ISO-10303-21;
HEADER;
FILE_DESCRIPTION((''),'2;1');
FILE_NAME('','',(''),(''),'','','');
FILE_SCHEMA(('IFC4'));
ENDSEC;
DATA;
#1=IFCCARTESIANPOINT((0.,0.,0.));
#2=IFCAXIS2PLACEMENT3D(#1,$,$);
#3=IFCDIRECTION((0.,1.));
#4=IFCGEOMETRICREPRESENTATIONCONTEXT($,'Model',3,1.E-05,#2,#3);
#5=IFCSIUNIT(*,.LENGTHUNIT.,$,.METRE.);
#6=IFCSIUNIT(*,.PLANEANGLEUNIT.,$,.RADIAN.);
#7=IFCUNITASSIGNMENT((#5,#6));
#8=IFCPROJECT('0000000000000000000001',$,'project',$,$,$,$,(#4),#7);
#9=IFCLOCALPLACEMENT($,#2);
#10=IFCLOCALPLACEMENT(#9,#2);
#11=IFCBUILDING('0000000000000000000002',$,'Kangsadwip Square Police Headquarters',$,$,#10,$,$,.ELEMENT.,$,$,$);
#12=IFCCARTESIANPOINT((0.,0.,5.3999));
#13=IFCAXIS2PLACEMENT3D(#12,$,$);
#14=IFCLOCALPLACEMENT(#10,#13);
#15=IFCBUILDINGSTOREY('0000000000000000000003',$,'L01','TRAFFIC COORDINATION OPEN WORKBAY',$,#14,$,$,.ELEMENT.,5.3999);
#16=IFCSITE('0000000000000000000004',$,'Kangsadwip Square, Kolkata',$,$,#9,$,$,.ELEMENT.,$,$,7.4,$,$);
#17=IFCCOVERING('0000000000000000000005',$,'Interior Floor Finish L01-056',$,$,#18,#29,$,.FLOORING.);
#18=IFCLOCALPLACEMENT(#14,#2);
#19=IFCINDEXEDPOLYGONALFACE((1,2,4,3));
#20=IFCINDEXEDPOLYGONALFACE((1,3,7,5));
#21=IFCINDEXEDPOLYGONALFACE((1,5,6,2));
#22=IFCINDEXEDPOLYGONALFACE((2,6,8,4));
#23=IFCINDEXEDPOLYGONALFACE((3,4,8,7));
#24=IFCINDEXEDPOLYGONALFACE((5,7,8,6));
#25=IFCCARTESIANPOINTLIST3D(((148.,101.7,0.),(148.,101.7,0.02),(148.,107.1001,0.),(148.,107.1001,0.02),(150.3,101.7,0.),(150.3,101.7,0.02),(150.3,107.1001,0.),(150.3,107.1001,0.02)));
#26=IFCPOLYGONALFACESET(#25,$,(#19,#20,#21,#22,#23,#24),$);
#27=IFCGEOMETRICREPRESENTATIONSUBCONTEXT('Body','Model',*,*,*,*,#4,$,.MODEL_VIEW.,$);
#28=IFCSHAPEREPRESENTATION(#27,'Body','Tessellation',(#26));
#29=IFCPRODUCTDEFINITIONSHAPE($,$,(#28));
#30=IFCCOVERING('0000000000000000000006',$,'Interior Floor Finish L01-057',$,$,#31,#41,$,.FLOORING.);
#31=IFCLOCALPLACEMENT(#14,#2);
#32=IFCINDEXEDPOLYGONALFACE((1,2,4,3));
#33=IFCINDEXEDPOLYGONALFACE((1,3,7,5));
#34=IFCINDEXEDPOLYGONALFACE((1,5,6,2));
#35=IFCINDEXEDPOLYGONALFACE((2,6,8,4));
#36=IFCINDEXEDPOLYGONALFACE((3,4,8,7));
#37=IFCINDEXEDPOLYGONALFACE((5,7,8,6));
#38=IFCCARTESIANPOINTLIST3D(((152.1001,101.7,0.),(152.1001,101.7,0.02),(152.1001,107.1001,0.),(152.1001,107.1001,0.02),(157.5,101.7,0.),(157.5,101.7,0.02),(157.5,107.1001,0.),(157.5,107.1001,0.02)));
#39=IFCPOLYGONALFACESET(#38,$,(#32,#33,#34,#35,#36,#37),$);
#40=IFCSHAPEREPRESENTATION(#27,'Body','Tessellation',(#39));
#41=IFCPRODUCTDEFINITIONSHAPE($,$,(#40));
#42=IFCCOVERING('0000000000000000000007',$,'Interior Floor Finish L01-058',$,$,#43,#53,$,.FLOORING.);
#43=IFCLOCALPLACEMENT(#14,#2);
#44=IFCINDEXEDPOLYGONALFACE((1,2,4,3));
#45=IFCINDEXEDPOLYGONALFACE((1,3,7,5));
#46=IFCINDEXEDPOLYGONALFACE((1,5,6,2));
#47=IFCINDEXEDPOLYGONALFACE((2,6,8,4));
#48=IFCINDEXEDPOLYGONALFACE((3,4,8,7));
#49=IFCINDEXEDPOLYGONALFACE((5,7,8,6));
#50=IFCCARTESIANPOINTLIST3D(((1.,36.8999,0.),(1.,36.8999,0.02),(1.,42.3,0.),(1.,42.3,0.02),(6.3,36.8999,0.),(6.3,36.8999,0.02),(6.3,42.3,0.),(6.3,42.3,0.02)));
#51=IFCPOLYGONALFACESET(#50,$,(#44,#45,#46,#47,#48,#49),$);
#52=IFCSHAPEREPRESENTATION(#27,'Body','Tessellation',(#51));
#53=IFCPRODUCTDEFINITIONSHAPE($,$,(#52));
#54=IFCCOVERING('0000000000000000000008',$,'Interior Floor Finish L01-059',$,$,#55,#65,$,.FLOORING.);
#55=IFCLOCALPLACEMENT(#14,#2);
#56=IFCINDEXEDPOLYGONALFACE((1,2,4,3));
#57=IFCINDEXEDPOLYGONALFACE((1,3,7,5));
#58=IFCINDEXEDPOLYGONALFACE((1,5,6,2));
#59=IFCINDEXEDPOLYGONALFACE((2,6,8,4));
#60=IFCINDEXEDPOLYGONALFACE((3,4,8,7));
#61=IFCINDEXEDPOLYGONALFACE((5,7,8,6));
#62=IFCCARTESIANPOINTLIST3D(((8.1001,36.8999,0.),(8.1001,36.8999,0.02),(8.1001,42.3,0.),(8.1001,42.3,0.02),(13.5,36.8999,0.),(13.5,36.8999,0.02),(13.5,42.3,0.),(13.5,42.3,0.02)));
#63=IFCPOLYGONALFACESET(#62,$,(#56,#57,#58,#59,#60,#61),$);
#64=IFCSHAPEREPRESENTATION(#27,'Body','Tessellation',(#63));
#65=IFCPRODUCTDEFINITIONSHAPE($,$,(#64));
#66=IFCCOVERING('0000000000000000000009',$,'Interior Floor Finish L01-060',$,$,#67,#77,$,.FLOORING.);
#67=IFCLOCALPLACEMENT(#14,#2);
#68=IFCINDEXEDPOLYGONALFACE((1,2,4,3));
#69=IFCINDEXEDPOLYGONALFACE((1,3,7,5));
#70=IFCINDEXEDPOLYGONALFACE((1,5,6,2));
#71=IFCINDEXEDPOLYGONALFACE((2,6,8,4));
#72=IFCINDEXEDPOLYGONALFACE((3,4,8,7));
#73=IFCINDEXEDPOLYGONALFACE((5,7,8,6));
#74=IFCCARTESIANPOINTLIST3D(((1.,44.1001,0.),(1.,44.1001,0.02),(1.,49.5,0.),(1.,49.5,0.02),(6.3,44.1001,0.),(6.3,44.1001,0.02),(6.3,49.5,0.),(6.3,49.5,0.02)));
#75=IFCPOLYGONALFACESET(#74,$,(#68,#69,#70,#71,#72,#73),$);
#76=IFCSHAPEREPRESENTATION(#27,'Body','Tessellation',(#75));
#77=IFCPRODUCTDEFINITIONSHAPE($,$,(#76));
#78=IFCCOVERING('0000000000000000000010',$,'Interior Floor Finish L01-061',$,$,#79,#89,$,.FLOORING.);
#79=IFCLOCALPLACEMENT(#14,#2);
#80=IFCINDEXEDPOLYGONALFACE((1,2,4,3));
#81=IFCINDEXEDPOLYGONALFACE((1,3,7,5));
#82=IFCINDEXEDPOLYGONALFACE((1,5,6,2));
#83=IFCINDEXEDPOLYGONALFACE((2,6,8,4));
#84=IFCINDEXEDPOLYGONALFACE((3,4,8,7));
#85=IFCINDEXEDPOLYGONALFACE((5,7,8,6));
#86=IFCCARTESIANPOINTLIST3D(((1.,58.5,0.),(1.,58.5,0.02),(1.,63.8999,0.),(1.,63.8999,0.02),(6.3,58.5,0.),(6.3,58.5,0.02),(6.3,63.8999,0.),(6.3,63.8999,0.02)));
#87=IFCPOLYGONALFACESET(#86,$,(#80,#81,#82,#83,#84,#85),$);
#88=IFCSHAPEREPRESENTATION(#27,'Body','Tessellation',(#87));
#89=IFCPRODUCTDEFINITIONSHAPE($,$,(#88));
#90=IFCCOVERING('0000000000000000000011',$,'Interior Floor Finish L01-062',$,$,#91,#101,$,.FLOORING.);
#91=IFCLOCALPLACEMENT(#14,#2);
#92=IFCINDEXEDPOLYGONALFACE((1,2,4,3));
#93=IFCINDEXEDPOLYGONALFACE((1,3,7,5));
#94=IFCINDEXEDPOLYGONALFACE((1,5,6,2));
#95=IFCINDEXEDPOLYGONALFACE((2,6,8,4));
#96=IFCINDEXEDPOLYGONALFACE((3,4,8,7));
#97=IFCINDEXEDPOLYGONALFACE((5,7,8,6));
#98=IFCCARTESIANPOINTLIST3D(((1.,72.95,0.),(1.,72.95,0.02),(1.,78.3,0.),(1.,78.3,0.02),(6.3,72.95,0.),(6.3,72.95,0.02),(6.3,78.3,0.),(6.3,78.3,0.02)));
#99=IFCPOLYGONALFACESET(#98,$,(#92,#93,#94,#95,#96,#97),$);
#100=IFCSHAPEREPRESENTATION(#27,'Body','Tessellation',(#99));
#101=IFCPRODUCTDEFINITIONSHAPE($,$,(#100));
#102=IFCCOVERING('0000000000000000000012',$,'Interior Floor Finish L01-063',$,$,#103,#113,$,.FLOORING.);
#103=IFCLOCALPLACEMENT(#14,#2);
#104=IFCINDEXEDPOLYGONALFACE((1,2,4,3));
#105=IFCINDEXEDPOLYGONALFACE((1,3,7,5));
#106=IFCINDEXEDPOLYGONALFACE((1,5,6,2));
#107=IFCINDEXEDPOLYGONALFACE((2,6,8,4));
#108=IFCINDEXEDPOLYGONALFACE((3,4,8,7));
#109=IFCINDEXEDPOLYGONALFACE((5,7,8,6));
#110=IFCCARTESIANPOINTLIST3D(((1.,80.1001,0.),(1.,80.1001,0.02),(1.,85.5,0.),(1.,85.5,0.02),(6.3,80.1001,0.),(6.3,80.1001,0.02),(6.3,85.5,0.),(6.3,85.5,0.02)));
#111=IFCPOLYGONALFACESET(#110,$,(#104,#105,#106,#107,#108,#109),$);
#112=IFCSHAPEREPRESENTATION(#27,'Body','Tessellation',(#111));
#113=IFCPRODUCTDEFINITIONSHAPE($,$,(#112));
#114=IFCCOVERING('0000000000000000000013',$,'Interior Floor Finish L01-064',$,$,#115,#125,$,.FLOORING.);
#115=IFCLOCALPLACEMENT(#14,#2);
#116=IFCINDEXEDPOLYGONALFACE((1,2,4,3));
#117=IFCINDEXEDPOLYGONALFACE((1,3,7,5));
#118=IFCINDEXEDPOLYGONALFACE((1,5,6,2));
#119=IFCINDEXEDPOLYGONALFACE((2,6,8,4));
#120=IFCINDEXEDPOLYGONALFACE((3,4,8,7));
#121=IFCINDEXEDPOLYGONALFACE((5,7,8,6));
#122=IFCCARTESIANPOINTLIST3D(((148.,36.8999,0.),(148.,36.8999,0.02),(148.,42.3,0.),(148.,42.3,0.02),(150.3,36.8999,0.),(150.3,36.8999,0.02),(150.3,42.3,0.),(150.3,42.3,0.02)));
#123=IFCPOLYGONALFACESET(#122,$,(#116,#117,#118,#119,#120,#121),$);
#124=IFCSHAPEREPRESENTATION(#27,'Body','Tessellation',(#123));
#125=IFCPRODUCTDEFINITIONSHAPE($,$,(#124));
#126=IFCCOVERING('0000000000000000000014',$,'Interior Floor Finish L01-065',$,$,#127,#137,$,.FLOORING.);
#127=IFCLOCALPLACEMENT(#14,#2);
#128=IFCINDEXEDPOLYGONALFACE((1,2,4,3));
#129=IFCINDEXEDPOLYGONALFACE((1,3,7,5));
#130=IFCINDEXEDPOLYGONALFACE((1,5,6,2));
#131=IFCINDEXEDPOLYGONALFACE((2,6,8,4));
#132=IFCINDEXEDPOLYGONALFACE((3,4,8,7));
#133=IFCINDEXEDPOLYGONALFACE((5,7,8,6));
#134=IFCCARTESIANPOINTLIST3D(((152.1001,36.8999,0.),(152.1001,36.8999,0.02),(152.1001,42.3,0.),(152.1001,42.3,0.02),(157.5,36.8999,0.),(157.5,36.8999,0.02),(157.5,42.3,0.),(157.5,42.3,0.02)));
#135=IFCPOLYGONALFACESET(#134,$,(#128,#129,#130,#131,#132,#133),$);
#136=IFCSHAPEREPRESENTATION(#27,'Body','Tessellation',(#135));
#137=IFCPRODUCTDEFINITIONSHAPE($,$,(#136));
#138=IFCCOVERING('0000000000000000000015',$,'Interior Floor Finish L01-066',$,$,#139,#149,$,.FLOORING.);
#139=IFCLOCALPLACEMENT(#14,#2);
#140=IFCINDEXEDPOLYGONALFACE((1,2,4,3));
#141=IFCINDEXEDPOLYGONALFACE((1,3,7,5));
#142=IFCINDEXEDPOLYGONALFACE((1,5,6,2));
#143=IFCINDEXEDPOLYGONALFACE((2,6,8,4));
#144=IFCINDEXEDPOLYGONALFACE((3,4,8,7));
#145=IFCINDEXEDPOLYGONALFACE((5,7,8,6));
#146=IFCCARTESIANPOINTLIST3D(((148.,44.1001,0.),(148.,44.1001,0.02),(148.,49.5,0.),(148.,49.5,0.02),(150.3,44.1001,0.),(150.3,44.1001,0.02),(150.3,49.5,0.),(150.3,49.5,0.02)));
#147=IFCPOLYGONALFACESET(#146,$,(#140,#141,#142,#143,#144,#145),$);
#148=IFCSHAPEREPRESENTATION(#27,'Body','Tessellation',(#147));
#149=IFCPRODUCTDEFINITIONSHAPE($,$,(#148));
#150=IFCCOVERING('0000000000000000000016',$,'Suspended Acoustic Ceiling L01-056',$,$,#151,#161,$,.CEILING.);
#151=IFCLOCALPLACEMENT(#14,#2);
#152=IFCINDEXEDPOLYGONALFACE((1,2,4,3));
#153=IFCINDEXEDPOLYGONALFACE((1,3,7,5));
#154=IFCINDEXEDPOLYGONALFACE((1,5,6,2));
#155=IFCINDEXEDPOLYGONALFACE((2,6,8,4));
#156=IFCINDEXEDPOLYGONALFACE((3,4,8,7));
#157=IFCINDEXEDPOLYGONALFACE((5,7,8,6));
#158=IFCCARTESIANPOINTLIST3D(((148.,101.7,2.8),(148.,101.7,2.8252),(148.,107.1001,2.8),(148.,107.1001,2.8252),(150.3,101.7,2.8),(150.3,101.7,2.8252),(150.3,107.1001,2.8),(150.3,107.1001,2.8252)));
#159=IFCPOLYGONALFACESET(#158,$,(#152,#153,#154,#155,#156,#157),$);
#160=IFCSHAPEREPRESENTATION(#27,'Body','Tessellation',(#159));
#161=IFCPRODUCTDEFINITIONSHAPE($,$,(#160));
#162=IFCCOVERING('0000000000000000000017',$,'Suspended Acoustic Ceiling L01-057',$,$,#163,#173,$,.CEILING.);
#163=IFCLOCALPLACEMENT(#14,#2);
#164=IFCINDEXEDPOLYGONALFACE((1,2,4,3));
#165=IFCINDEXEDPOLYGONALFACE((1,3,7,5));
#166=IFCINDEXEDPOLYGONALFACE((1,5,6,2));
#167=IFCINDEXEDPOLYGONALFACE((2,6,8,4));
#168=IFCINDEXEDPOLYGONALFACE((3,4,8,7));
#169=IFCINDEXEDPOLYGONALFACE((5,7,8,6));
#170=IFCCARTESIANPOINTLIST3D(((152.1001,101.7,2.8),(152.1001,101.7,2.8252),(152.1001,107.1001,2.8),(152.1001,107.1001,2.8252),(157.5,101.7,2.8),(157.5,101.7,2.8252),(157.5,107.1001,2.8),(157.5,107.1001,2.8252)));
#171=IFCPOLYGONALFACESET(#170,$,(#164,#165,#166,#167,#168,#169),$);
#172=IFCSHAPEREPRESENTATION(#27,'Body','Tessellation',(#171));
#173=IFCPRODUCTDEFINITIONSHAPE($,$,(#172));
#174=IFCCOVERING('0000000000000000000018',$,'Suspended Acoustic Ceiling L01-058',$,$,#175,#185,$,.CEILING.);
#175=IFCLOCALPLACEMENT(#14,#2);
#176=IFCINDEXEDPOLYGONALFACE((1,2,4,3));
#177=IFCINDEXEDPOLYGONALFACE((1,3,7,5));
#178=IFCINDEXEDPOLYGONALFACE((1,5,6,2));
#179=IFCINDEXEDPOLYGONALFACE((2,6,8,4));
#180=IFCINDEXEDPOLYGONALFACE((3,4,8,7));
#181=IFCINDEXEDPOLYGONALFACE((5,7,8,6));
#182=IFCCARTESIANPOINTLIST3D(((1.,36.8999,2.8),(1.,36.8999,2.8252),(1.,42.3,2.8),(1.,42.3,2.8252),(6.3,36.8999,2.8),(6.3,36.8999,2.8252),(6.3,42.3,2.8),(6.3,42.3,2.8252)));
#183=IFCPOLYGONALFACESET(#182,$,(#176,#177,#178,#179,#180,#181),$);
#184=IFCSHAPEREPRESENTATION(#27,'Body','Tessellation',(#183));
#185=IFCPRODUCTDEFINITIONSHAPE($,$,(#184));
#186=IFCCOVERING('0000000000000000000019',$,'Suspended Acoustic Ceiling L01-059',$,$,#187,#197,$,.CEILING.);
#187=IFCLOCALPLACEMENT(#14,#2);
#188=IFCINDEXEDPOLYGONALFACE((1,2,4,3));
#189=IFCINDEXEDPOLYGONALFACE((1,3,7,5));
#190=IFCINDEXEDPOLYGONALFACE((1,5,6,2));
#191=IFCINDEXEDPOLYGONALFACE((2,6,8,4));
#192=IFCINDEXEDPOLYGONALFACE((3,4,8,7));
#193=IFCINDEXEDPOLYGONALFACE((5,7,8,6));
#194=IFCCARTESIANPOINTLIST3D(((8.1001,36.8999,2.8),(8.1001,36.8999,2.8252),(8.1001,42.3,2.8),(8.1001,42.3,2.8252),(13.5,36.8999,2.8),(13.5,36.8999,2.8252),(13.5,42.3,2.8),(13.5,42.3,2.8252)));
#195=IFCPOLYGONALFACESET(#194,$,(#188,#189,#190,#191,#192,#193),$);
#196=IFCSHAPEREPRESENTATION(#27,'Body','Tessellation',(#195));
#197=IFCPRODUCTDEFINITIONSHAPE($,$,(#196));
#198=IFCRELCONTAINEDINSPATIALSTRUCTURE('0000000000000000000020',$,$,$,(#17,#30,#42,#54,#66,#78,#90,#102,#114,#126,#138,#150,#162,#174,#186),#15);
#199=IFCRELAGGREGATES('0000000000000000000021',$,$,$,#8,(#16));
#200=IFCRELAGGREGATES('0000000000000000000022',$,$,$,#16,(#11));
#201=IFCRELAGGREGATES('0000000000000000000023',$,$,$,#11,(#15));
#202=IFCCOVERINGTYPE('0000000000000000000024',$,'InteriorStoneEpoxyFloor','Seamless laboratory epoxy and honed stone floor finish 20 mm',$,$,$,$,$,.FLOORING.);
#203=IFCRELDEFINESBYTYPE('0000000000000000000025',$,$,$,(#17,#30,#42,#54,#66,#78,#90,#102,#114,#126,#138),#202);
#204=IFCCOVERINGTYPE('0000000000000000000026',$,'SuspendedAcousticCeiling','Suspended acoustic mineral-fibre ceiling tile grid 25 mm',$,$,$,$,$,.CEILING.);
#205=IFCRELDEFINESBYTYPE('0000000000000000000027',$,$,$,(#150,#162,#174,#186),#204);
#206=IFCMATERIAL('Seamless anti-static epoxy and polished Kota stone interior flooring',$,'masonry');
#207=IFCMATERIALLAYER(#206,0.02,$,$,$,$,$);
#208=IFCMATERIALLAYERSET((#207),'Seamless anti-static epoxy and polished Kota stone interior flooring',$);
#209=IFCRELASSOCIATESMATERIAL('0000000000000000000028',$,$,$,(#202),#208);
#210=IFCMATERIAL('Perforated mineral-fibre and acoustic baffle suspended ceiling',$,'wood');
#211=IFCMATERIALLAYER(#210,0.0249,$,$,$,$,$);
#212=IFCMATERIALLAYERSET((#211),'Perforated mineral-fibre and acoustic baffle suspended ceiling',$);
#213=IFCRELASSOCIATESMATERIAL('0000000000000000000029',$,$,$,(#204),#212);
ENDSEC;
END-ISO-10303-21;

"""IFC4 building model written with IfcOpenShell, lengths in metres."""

from ifc_helpers import new_model, si_unit, direction, frame, origin, place, context, subcontext, project, spatial, polyline, outline, extrude, material, layer, layer_set, type_object, element, save


model = new_model("IFC4")

# Units and contexts
model_context = context("Model", 3, precision=1e-05, world=origin(), true_north=direction((0.0, 1.0)))
body_context = subcontext(model_context, "Body", "Model", "MODEL_VIEW")
ifc_project = project(units=[si_unit("LENGTHUNIT", "METRE"), si_unit("PLANEANGLEUNIT", "RADIAN")], contexts=[model_context])

# Site, building, storey
site_placement = place(None, origin())
site = spatial("IfcSite", under=ifc_project, at=site_placement, Name="Kangsadwip Square, Kolkata", CompositionType="ELEMENT", RefElevation=7.4)
building_placement = place(site_placement, origin())
building = spatial("IfcBuilding", under=site, at=building_placement, Name="Kangsadwip Square Police Headquarters", CompositionType="ELEMENT")
storey_placement = place(building_placement, frame((0.0, 0.0, 5.3999)))
storey = spatial("IfcBuildingStorey", under=building, at=storey_placement, Name="L01", Description="TRAFFIC COORDINATION OPEN WORKBAY", CompositionType="ELEMENT", Elevation=5.3999)

# Coverings
ifc_material_1 = material(Name="Seamless anti-static epoxy and polished Kota stone interior flooring", Category="masonry")
ifc_layer_1 = layer(ifc_material_1, 0.02)
ifc_layer_set_1 = layer_set([ifc_layer_1], Name="Seamless anti-static epoxy and polished Kota stone interior flooring")
covering_type_1 = type_object("IfcCoveringType", Name="InteriorStoneEpoxyFloor", Description="Seamless laboratory epoxy and honed stone floor finish 20 mm", PredefinedType="FLOORING", material=ifc_layer_set_1)
covering_1_placement = place(storey_placement, origin())
element("IfcCovering", 1, at=covering_1_placement, inside=storey, type_object=covering_type_1, Name="Interior Floor Finish L01-056", PredefinedType="FLOORING", context=body_context, shape_type="SweptSolid", body=[
    extrude(outline(polyline([(148.0, 101.7), (150.3, 101.7), (150.3, 107.1001), (148.0, 107.1001), (148.0, 101.7)])), origin(), (0.0, 0.0, 1.0), 0.02),
])
covering_2_placement = place(storey_placement, origin())
element("IfcCovering", 2, at=covering_2_placement, inside=storey, type_object=covering_type_1, Name="Interior Floor Finish L01-057", PredefinedType="FLOORING", context=body_context, shape_type="SweptSolid", body=[
    extrude(outline(polyline([(152.1001, 101.7), (157.5, 101.7), (157.5, 107.1001), (152.1001, 107.1001), (152.1001, 101.7)])), origin(), (0.0, 0.0, 1.0), 0.02),
])
covering_3_placement = place(storey_placement, origin())
element("IfcCovering", 3, at=covering_3_placement, inside=storey, type_object=covering_type_1, Name="Interior Floor Finish L01-058", PredefinedType="FLOORING", context=body_context, shape_type="SweptSolid", body=[
    extrude(outline(polyline([(1.0, 36.8999), (6.3, 36.8999), (6.3, 42.3), (1.0, 42.3), (1.0, 36.8999)])), origin(), (0.0, 0.0, 1.0), 0.02),
])
covering_4_placement = place(storey_placement, origin())
element("IfcCovering", 4, at=covering_4_placement, inside=storey, type_object=covering_type_1, Name="Interior Floor Finish L01-059", PredefinedType="FLOORING", context=body_context, shape_type="SweptSolid", body=[
    extrude(outline(polyline([(8.1001, 36.8999), (13.5, 36.8999), (13.5, 42.3), (8.1001, 42.3), (8.1001, 36.8999)])), origin(), (0.0, 0.0, 1.0), 0.02),
])
covering_5_placement = place(storey_placement, origin())
element("IfcCovering", 5, at=covering_5_placement, inside=storey, type_object=covering_type_1, Name="Interior Floor Finish L01-060", PredefinedType="FLOORING", context=body_context, shape_type="SweptSolid", body=[
    extrude(outline(polyline([(1.0, 44.1001), (6.3, 44.1001), (6.3, 49.5), (1.0, 49.5), (1.0, 44.1001)])), origin(), (0.0, 0.0, 1.0), 0.02),
])
covering_6_placement = place(storey_placement, origin())
element("IfcCovering", 6, at=covering_6_placement, inside=storey, type_object=covering_type_1, Name="Interior Floor Finish L01-061", PredefinedType="FLOORING", context=body_context, shape_type="SweptSolid", body=[
    extrude(outline(polyline([(1.0, 58.5), (6.3, 58.5), (6.3, 63.8999), (1.0, 63.8999), (1.0, 58.5)])), origin(), (0.0, 0.0, 1.0), 0.02),
])
covering_7_placement = place(storey_placement, origin())
element("IfcCovering", 7, at=covering_7_placement, inside=storey, type_object=covering_type_1, Name="Interior Floor Finish L01-062", PredefinedType="FLOORING", context=body_context, shape_type="SweptSolid", body=[
    extrude(outline(polyline([(1.0, 72.95), (6.3, 72.95), (6.3, 78.3), (1.0, 78.3), (1.0, 72.95)])), origin(), (0.0, 0.0, 1.0), 0.02),
])
covering_8_placement = place(storey_placement, origin())
element("IfcCovering", 8, at=covering_8_placement, inside=storey, type_object=covering_type_1, Name="Interior Floor Finish L01-063", PredefinedType="FLOORING", context=body_context, shape_type="SweptSolid", body=[
    extrude(outline(polyline([(1.0, 80.1001), (6.3, 80.1001), (6.3, 85.5), (1.0, 85.5), (1.0, 80.1001)])), origin(), (0.0, 0.0, 1.0), 0.02),
])
covering_9_placement = place(storey_placement, origin())
element("IfcCovering", 9, at=covering_9_placement, inside=storey, type_object=covering_type_1, Name="Interior Floor Finish L01-064", PredefinedType="FLOORING", context=body_context, shape_type="SweptSolid", body=[
    extrude(outline(polyline([(148.0, 36.8999), (150.3, 36.8999), (150.3, 42.3), (148.0, 42.3), (148.0, 36.8999)])), origin(), (0.0, 0.0, 1.0), 0.02),
])
covering_10_placement = place(storey_placement, origin())
element("IfcCovering", 10, at=covering_10_placement, inside=storey, type_object=covering_type_1, Name="Interior Floor Finish L01-065", PredefinedType="FLOORING", context=body_context, shape_type="SweptSolid", body=[
    extrude(outline(polyline([(152.1001, 36.8999), (157.5, 36.8999), (157.5, 42.3), (152.1001, 42.3), (152.1001, 36.8999)])), origin(), (0.0, 0.0, 1.0), 0.02),
])
covering_11_placement = place(storey_placement, origin())
element("IfcCovering", 11, at=covering_11_placement, inside=storey, type_object=covering_type_1, Name="Interior Floor Finish L01-066", PredefinedType="FLOORING", context=body_context, shape_type="SweptSolid", body=[
    extrude(outline(polyline([(148.0, 44.1001), (150.3, 44.1001), (150.3, 49.5), (148.0, 49.5), (148.0, 44.1001)])), origin(), (0.0, 0.0, 1.0), 0.02),
])
ifc_material_2 = material(Name="Perforated mineral-fibre and acoustic baffle suspended ceiling", Category="wood")
ifc_layer_2 = layer(ifc_material_2, 0.0249)
ifc_layer_set_2 = layer_set([ifc_layer_2], Name="Perforated mineral-fibre and acoustic baffle suspended ceiling")
covering_type_2 = type_object("IfcCoveringType", Name="SuspendedAcousticCeiling", Description="Suspended acoustic mineral-fibre ceiling tile grid 25 mm", PredefinedType="CEILING", material=ifc_layer_set_2)
covering_12_placement = place(storey_placement, frame((0.0, 0.0, 2.8)))
element("IfcCovering", 12, at=covering_12_placement, inside=storey, type_object=covering_type_2, Name="Suspended Acoustic Ceiling L01-056", PredefinedType="CEILING", context=body_context, shape_type="SweptSolid", body=[
    extrude(outline(polyline([(148.0, 101.7), (150.3, 101.7), (150.3, 107.1001), (148.0, 107.1001), (148.0, 101.7)])), origin(), (0.0, 0.0, 1.0), 0.0251),
])
covering_13_placement = place(storey_placement, frame((0.0, 0.0, 2.8)))
element("IfcCovering", 13, at=covering_13_placement, inside=storey, type_object=covering_type_2, Name="Suspended Acoustic Ceiling L01-057", PredefinedType="CEILING", context=body_context, shape_type="SweptSolid", body=[
    extrude(outline(polyline([(152.1001, 101.7), (157.5, 101.7), (157.5, 107.1001), (152.1001, 107.1001), (152.1001, 101.7)])), origin(), (0.0, 0.0, 1.0), 0.0251),
])
covering_14_placement = place(storey_placement, frame((0.0, 0.0, 2.8)))
element("IfcCovering", 14, at=covering_14_placement, inside=storey, type_object=covering_type_2, Name="Suspended Acoustic Ceiling L01-058", PredefinedType="CEILING", context=body_context, shape_type="SweptSolid", body=[
    extrude(outline(polyline([(1.0, 36.8999), (6.3, 36.8999), (6.3, 42.3), (1.0, 42.3), (1.0, 36.8999)])), origin(), (0.0, 0.0, 1.0), 0.0251),
])
covering_15_placement = place(storey_placement, frame((0.0, 0.0, 2.8)))
element("IfcCovering", 15, at=covering_15_placement, inside=storey, type_object=covering_type_2, Name="Suspended Acoustic Ceiling L01-059", PredefinedType="CEILING", context=body_context, shape_type="SweptSolid", body=[
    extrude(outline(polyline([(8.1001, 36.8999), (13.5, 36.8999), (13.5, 42.3), (8.1001, 42.3), (8.1001, 36.8999)])), origin(), (0.0, 0.0, 1.0), 0.0251),
])

save(model, "model.ifc")
